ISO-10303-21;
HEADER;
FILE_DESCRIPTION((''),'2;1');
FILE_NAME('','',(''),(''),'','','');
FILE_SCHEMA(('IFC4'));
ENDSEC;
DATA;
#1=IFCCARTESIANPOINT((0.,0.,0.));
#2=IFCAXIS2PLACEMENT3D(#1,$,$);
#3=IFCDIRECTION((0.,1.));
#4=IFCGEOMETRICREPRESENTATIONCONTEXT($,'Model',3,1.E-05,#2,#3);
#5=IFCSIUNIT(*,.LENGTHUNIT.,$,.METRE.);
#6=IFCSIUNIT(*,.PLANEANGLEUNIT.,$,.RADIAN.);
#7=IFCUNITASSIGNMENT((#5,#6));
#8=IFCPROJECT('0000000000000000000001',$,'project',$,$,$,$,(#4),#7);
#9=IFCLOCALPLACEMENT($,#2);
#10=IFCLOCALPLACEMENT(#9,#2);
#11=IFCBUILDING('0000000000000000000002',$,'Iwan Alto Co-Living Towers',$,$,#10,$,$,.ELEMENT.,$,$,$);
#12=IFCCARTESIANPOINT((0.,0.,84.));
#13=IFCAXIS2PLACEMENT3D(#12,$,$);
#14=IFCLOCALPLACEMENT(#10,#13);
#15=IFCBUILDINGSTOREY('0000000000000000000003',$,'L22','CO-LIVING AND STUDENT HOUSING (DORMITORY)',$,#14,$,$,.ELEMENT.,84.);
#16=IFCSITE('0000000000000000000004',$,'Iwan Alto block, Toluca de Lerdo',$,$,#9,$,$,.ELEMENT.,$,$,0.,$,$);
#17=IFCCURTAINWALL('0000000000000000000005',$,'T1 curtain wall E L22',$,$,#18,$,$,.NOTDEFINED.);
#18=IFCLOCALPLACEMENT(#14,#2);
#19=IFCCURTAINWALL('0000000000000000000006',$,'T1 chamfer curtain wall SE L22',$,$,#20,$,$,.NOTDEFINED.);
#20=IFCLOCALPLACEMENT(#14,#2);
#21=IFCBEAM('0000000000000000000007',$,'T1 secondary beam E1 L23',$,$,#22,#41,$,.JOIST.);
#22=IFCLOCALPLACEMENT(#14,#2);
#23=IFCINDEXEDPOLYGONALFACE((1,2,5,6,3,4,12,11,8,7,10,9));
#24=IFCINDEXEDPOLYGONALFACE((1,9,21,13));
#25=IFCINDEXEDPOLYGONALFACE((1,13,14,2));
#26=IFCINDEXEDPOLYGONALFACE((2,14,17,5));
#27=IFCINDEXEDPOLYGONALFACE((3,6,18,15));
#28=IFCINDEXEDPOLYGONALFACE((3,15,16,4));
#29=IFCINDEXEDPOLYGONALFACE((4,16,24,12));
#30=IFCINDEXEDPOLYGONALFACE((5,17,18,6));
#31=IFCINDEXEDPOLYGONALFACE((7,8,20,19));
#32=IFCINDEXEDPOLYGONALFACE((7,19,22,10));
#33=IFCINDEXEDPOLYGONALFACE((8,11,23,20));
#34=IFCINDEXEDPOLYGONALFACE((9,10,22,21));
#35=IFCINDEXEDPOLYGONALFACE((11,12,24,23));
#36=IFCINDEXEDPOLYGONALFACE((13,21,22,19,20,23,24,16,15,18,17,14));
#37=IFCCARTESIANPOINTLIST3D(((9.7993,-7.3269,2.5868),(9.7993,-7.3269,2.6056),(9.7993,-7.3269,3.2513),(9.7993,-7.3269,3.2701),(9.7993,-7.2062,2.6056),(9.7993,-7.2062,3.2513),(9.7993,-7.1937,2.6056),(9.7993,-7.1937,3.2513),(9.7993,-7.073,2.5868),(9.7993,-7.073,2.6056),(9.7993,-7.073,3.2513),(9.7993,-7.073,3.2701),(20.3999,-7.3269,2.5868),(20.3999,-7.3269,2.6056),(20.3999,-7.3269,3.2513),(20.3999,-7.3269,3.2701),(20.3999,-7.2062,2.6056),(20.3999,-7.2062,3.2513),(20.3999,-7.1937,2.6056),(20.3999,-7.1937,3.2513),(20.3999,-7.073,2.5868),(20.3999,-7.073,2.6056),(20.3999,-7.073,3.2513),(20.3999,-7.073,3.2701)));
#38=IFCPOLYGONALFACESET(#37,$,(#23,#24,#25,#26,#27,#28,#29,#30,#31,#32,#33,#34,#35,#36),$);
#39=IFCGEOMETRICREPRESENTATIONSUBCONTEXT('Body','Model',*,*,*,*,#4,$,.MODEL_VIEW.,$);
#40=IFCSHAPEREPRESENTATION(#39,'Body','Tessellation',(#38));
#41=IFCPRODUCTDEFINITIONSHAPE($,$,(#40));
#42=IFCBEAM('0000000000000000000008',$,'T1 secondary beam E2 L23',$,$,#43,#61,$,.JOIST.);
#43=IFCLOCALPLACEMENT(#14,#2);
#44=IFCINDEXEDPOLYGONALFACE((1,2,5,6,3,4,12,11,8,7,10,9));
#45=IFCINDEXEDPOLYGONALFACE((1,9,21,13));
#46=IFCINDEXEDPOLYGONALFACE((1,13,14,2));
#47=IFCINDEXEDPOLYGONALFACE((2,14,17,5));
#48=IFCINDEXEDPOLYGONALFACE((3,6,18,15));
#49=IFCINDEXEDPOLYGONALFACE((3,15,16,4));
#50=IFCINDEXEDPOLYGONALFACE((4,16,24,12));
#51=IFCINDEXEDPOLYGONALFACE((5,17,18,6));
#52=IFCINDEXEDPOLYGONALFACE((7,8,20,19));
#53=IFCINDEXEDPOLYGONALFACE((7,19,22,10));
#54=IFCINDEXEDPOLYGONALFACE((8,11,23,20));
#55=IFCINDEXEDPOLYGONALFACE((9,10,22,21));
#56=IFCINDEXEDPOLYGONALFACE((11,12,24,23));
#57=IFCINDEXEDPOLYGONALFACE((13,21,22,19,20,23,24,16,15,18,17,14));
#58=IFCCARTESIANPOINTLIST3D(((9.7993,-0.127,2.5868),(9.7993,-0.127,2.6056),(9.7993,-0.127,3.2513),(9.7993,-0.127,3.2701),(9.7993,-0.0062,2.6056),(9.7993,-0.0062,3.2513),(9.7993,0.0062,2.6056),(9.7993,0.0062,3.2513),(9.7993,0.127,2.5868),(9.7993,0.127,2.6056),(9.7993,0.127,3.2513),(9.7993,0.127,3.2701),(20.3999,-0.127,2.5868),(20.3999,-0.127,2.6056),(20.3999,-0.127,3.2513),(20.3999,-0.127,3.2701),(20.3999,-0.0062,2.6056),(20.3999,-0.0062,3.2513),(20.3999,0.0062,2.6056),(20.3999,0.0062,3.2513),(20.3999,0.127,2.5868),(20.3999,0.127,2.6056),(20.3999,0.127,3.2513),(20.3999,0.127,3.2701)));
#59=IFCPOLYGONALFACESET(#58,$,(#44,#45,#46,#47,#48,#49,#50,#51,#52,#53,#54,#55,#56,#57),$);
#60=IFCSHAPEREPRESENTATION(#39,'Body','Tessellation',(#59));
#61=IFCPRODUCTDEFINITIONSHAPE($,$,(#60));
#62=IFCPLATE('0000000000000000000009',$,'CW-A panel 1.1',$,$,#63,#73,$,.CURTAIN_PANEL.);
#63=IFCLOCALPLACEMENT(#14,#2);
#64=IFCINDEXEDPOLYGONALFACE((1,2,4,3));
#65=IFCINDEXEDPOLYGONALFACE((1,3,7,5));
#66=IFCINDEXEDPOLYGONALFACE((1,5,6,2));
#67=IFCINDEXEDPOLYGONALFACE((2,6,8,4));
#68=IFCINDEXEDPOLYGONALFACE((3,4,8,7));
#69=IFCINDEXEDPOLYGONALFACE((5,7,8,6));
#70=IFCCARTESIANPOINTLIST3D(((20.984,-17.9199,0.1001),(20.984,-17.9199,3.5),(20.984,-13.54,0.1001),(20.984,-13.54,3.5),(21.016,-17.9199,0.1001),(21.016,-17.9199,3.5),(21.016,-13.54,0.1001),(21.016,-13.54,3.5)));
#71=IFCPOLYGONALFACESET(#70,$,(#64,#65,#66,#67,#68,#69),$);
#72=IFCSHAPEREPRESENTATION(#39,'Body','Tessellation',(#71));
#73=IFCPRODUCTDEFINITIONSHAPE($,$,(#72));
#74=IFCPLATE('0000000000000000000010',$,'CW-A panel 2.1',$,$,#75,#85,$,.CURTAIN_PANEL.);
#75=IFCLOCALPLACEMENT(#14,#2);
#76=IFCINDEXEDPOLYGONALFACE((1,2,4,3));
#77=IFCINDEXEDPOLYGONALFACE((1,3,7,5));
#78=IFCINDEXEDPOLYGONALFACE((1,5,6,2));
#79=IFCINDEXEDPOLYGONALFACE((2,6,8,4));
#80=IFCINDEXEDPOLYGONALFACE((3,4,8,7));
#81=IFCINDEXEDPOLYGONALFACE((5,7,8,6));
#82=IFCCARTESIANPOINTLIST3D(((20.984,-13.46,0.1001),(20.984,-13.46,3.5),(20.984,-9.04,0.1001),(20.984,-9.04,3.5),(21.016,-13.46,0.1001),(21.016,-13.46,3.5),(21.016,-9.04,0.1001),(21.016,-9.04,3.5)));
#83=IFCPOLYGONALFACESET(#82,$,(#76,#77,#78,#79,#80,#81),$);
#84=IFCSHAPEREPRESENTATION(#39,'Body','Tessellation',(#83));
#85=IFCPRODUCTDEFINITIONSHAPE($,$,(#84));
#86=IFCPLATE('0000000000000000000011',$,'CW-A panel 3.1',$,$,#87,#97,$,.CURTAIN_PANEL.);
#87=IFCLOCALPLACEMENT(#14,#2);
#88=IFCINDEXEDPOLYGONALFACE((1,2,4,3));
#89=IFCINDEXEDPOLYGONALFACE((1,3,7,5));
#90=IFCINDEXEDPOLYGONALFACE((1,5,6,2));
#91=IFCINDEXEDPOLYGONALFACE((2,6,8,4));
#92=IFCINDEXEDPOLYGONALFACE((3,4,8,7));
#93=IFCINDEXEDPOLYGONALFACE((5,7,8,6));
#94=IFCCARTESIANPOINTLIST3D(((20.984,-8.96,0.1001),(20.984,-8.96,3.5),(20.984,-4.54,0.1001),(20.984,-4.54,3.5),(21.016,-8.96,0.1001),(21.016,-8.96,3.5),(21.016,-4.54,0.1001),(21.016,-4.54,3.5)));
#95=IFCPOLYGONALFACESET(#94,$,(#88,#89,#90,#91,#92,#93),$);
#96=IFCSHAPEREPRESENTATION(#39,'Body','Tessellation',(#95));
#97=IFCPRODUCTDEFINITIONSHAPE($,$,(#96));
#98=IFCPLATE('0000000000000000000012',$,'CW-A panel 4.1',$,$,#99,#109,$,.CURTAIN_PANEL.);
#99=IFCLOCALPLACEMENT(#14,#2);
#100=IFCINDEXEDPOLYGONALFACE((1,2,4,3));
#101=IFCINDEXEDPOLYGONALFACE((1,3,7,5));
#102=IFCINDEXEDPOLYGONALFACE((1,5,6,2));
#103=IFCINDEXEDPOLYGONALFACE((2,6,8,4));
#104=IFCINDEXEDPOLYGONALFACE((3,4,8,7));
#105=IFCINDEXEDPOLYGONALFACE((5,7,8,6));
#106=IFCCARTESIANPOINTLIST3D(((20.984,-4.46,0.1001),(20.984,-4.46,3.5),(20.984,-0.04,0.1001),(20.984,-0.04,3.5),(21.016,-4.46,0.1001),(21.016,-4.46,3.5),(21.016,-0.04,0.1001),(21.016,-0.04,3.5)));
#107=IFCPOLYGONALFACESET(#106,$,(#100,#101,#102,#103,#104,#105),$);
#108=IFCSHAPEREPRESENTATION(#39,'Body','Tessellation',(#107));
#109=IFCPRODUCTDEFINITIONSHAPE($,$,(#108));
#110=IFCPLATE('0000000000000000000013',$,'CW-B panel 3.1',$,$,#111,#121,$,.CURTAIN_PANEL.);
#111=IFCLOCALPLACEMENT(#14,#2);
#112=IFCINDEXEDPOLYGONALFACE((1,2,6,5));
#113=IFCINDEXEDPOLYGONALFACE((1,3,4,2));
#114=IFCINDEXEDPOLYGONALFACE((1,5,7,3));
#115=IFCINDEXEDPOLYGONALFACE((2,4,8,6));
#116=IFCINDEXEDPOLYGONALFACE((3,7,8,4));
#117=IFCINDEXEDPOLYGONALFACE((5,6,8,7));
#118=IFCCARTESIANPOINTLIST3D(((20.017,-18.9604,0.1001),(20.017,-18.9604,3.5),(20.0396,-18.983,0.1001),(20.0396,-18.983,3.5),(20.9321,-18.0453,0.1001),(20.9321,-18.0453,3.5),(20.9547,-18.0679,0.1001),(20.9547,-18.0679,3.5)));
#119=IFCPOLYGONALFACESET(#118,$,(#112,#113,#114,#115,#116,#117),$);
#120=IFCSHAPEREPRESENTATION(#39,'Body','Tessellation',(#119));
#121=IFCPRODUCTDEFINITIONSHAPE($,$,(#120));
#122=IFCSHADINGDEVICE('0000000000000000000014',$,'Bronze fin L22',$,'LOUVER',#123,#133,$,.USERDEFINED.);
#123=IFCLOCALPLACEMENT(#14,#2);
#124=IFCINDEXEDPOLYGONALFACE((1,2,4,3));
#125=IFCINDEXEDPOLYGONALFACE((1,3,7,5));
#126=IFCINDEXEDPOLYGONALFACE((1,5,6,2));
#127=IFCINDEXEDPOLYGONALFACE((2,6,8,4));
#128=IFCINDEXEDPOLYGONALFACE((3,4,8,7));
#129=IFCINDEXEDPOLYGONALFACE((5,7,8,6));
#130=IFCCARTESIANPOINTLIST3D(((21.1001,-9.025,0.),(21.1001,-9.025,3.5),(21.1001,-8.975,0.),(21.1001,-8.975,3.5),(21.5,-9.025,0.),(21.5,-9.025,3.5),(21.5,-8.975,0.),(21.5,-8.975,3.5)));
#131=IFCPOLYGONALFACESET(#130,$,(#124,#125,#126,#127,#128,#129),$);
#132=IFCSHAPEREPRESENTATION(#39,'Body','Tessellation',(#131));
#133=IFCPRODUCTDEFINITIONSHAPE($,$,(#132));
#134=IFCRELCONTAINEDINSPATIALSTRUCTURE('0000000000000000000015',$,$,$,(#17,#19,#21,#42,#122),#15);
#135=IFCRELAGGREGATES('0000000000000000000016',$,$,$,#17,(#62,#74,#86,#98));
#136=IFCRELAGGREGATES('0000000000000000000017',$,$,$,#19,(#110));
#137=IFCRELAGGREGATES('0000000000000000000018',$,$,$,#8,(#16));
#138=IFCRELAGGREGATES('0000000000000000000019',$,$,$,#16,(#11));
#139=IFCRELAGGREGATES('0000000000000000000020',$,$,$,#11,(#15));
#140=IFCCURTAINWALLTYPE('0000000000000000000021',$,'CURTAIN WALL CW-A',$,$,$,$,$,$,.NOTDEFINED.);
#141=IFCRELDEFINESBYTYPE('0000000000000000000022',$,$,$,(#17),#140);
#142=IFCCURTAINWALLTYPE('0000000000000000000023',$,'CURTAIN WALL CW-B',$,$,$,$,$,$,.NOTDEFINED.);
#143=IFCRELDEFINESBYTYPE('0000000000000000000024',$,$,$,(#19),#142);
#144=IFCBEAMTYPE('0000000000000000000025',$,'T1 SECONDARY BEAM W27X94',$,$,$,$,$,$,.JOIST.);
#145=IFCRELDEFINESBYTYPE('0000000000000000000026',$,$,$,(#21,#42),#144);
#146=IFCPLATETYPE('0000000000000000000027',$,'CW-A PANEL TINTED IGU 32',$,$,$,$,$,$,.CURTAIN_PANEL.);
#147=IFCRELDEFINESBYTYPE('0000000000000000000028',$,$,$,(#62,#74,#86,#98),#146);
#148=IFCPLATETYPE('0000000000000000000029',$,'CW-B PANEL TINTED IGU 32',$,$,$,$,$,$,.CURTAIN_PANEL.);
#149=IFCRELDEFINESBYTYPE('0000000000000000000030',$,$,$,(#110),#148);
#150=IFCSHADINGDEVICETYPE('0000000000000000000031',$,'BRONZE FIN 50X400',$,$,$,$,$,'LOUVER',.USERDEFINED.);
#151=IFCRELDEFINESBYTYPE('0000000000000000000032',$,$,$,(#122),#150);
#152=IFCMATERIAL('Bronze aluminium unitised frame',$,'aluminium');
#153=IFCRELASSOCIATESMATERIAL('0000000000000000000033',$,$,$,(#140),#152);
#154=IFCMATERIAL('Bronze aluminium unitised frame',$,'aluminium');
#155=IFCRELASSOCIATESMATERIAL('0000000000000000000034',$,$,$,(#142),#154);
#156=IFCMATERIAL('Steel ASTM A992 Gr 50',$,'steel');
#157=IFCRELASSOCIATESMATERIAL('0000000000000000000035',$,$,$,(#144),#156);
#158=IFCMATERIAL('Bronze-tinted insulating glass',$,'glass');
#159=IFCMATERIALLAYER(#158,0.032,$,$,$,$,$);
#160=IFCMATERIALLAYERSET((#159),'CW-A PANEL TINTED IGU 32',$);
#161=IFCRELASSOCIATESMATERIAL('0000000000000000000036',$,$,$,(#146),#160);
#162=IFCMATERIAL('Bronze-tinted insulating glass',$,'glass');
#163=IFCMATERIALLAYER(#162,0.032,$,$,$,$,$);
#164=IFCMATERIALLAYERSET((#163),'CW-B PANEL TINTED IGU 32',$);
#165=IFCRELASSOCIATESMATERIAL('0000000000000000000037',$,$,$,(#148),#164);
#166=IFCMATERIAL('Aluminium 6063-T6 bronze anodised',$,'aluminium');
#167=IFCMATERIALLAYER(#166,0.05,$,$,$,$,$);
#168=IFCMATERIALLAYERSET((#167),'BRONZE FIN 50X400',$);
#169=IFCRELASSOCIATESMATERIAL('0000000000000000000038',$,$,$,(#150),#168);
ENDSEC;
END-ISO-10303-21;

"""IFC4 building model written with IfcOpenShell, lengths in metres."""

from ifc_helpers import new_model, si_unit, direction, frame, origin, origin_2d, place, context, subcontext, project, spatial, rectangle, i_section, extrude, material, layer, layer_set, material_profile, profile_set, type_object, element, aggregate, save


model = new_model("IFC4")

# Units and contexts
model_context = context("Model", 3, precision=1e-05, world=origin(), true_north=direction((0.0, 1.0)))
body_context = subcontext(model_context, "Body", "Model", "MODEL_VIEW")
ifc_project = project(units=[si_unit("LENGTHUNIT", "METRE"), si_unit("PLANEANGLEUNIT", "RADIAN")], contexts=[model_context])

# Site, building, storey
site_placement = place(None, origin())
site = spatial("IfcSite", under=ifc_project, at=site_placement, Name="Iwan Alto block, Toluca de Lerdo", CompositionType="ELEMENT", RefElevation=0.0)
building_placement = place(site_placement, origin())
building = spatial("IfcBuilding", under=site, at=building_placement, Name="Iwan Alto Co-Living Towers", CompositionType="ELEMENT")
storey_placement = place(building_placement, frame((0.0, 0.0, 84.0)))
storey = spatial("IfcBuildingStorey", under=building, at=storey_placement, Name="L22", Description="CO-LIVING AND STUDENT HOUSING (DORMITORY)", CompositionType="ELEMENT", Elevation=84.0)

# Curtain wall
ifc_material_1 = material(Name="Bronze aluminium unitised frame", Category="aluminium")
curtain_wall_type_1 = type_object("IfcCurtainWallType", Name="CURTAIN WALL CW-A", PredefinedType="NOTDEFINED", material=ifc_material_1)
curtain_wall_1_placement = place(storey_placement, origin())
curtain_wall_1 = element("IfcCurtainWall", 1, at=curtain_wall_1_placement, inside=storey, type_object=curtain_wall_type_1, Name="T1 curtain wall E L22", PredefinedType="NOTDEFINED")

# Curtain wall
ifc_material_2 = material(Name="Bronze aluminium unitised frame", Category="aluminium")
curtain_wall_type_2 = type_object("IfcCurtainWallType", Name="CURTAIN WALL CW-B", PredefinedType="NOTDEFINED", material=ifc_material_2)
curtain_wall_2_placement = place(storey_placement, origin())
curtain_wall_2 = element("IfcCurtainWall", 2, at=curtain_wall_2_placement, inside=storey, type_object=curtain_wall_type_2, Name="T1 chamfer curtain wall SE L22", PredefinedType="NOTDEFINED")

# Beams
ifc_material_3 = material(Name="Steel ASTM A992 Gr 50", Category="steel")
ifc_material_profile_1 = material_profile(ifc_material_3, i_section(OverallWidth=0.2539, OverallDepth=0.6833, WebThickness=0.0125, FlangeThickness=0.0188, at=origin_2d()), Name="W27X94")
ifc_profile_set_1 = profile_set([ifc_material_profile_1], Name="Steel ASTM A992 Gr 50")
beam_type_1 = type_object("IfcBeamType", Name="T1 SECONDARY BEAM W27X94", PredefinedType="JOIST", material=ifc_profile_set_1)
for number, where, z_axis, x_axis, name in (
    (3, (20.3999, -7.2, 2.9285), (-1.0, 0.0, 0.0), (0.0, -1.0, 0.0), "T1 secondary beam E1 L23"),
    (4, (20.3999, 0.0, 2.9285), (-1.0, 0.0, 0.0), (0.0, -1.0, 0.0), "T1 secondary beam E2 L23"),
):
    element("IfcBeam", number, at=place(storey_placement, frame(where, z_axis=z_axis, x_axis=x_axis)), inside=storey, type_object=beam_type_1, Name=name, PredefinedType="JOIST", context=body_context, shape_type="SweptSolid", body=[
        extrude(i_section(OverallWidth=0.2539, OverallDepth=0.6833, WebThickness=0.0125, FlangeThickness=0.0188, at=origin_2d()), origin(), (0.0, 0.0, 1.0), 10.6006),
    ])

# Plates
ifc_material_4 = material(Name="Bronze-tinted insulating glass", Category="glass")
ifc_layer_1 = layer(ifc_material_4, 0.032)
ifc_layer_set_1 = layer_set([ifc_layer_1], Name="CW-A PANEL TINTED IGU 32")
plate_type_1 = type_object("IfcPlateType", Name="CW-A PANEL TINTED IGU 32", PredefinedType="CURTAIN_PANEL", material=ifc_layer_set_1)
plate_1_placement = place(storey_placement, frame((21.0, -15.73, 0.1001), z_axis=(0.0, 0.0, 1.0), x_axis=(0.0, 1.0, 0.0)))
plate_1 = element("IfcPlate", 5, at=plate_1_placement, type_object=plate_type_1, Name="CW-A panel 1.1", PredefinedType="CURTAIN_PANEL", context=body_context, shape_type="SweptSolid", body=[
    extrude(rectangle(XDim=4.3799, YDim=0.032, at=origin_2d()), origin(), (0.0, 0.0, 1.0), 3.3999),
])
plate_2_placement = place(storey_placement, frame((21.0, -11.25, 0.1001), z_axis=(0.0, 0.0, 1.0), x_axis=(0.0, 1.0, 0.0)))
plate_2 = element("IfcPlate", 6, at=plate_2_placement, type_object=plate_type_1, Name="CW-A panel 2.1", PredefinedType="CURTAIN_PANEL", context=body_context, shape_type="SweptSolid", body=[
    extrude(rectangle(XDim=4.4199, YDim=0.032, at=origin_2d()), origin(), (0.0, 0.0, 1.0), 3.3999),
])
plate_3_placement = place(storey_placement, frame((21.0, -6.75, 0.1001), z_axis=(0.0, 0.0, 1.0), x_axis=(0.0, 1.0, 0.0)))
plate_3 = element("IfcPlate", 7, at=plate_3_placement, type_object=plate_type_1, Name="CW-A panel 3.1", PredefinedType="CURTAIN_PANEL", context=body_context, shape_type="SweptSolid", body=[
    extrude(rectangle(XDim=4.4199, YDim=0.032, at=origin_2d()), origin(), (0.0, 0.0, 1.0), 3.3999),
])
plate_4_placement = place(storey_placement, frame((21.0, -2.25, 0.1001), z_axis=(0.0, 0.0, 1.0), x_axis=(0.0, 1.0, 0.0)))
plate_4 = element("IfcPlate", 8, at=plate_4_placement, type_object=plate_type_1, Name="CW-A panel 4.1", PredefinedType="CURTAIN_PANEL", context=body_context, shape_type="SweptSolid", body=[
    extrude(rectangle(XDim=4.4199, YDim=0.032, at=origin_2d()), origin(), (0.0, 0.0, 1.0), 3.3999),
])
aggregate(curtain_wall_1, [plate_1, plate_2, plate_3, plate_4])
ifc_material_5 = material(Name="Bronze-tinted insulating glass", Category="glass")
ifc_layer_2 = layer(ifc_material_5, 0.032)
ifc_layer_set_2 = layer_set([ifc_layer_2], Name="CW-B PANEL TINTED IGU 32")
plate_type_2 = type_object("IfcPlateType", Name="CW-B PANEL TINTED IGU 32", PredefinedType="CURTAIN_PANEL", material=ifc_layer_set_2)
plate_5_placement = place(storey_placement, frame((20.4858, -18.5142, 0.1001), z_axis=(0.0, 0.0, 1.0), x_axis=(0.707107, 0.707107, 0.0)))
plate_5 = element("IfcPlate", 9, at=plate_5_placement, type_object=plate_type_2, Name="CW-B panel 3.1", PredefinedType="CURTAIN_PANEL", context=body_context, shape_type="SweptSolid", body=[
    extrude(rectangle(XDim=1.2942, YDim=0.032, at=origin_2d()), origin(), (0.0, 0.0, 1.0), 3.3999),
])
aggregate(curtain_wall_2, [plate_5])

# Shading device
ifc_material_6 = material(Name="Aluminium 6063-T6 bronze anodised", Category="aluminium")
ifc_layer_3 = layer(ifc_material_6, 0.05)
ifc_layer_set_3 = layer_set([ifc_layer_3], Name="BRONZE FIN 50X400")
shading_device_type = type_object("IfcShadingDeviceType", Name="BRONZE FIN 50X400", ElementType="LOUVER", PredefinedType="USERDEFINED", material=ifc_layer_set_3)
shading_device_placement = place(storey_placement, frame((21.3, -9.0, 0.0), z_axis=(0.0, 0.0, 1.0), x_axis=(0.0, 1.0, 0.0)))
element("IfcShadingDevice", 10, at=shading_device_placement, inside=storey, type_object=shading_device_type, Name="Bronze fin L22", ObjectType="LOUVER", PredefinedType="USERDEFINED", context=body_context, shape_type="SweptSolid", body=[
    extrude(rectangle(XDim=0.05, YDim=0.3999, at=origin_2d()), origin(), (0.0, 0.0, 1.0), 3.5),
])

save(model, "model.ifc")
